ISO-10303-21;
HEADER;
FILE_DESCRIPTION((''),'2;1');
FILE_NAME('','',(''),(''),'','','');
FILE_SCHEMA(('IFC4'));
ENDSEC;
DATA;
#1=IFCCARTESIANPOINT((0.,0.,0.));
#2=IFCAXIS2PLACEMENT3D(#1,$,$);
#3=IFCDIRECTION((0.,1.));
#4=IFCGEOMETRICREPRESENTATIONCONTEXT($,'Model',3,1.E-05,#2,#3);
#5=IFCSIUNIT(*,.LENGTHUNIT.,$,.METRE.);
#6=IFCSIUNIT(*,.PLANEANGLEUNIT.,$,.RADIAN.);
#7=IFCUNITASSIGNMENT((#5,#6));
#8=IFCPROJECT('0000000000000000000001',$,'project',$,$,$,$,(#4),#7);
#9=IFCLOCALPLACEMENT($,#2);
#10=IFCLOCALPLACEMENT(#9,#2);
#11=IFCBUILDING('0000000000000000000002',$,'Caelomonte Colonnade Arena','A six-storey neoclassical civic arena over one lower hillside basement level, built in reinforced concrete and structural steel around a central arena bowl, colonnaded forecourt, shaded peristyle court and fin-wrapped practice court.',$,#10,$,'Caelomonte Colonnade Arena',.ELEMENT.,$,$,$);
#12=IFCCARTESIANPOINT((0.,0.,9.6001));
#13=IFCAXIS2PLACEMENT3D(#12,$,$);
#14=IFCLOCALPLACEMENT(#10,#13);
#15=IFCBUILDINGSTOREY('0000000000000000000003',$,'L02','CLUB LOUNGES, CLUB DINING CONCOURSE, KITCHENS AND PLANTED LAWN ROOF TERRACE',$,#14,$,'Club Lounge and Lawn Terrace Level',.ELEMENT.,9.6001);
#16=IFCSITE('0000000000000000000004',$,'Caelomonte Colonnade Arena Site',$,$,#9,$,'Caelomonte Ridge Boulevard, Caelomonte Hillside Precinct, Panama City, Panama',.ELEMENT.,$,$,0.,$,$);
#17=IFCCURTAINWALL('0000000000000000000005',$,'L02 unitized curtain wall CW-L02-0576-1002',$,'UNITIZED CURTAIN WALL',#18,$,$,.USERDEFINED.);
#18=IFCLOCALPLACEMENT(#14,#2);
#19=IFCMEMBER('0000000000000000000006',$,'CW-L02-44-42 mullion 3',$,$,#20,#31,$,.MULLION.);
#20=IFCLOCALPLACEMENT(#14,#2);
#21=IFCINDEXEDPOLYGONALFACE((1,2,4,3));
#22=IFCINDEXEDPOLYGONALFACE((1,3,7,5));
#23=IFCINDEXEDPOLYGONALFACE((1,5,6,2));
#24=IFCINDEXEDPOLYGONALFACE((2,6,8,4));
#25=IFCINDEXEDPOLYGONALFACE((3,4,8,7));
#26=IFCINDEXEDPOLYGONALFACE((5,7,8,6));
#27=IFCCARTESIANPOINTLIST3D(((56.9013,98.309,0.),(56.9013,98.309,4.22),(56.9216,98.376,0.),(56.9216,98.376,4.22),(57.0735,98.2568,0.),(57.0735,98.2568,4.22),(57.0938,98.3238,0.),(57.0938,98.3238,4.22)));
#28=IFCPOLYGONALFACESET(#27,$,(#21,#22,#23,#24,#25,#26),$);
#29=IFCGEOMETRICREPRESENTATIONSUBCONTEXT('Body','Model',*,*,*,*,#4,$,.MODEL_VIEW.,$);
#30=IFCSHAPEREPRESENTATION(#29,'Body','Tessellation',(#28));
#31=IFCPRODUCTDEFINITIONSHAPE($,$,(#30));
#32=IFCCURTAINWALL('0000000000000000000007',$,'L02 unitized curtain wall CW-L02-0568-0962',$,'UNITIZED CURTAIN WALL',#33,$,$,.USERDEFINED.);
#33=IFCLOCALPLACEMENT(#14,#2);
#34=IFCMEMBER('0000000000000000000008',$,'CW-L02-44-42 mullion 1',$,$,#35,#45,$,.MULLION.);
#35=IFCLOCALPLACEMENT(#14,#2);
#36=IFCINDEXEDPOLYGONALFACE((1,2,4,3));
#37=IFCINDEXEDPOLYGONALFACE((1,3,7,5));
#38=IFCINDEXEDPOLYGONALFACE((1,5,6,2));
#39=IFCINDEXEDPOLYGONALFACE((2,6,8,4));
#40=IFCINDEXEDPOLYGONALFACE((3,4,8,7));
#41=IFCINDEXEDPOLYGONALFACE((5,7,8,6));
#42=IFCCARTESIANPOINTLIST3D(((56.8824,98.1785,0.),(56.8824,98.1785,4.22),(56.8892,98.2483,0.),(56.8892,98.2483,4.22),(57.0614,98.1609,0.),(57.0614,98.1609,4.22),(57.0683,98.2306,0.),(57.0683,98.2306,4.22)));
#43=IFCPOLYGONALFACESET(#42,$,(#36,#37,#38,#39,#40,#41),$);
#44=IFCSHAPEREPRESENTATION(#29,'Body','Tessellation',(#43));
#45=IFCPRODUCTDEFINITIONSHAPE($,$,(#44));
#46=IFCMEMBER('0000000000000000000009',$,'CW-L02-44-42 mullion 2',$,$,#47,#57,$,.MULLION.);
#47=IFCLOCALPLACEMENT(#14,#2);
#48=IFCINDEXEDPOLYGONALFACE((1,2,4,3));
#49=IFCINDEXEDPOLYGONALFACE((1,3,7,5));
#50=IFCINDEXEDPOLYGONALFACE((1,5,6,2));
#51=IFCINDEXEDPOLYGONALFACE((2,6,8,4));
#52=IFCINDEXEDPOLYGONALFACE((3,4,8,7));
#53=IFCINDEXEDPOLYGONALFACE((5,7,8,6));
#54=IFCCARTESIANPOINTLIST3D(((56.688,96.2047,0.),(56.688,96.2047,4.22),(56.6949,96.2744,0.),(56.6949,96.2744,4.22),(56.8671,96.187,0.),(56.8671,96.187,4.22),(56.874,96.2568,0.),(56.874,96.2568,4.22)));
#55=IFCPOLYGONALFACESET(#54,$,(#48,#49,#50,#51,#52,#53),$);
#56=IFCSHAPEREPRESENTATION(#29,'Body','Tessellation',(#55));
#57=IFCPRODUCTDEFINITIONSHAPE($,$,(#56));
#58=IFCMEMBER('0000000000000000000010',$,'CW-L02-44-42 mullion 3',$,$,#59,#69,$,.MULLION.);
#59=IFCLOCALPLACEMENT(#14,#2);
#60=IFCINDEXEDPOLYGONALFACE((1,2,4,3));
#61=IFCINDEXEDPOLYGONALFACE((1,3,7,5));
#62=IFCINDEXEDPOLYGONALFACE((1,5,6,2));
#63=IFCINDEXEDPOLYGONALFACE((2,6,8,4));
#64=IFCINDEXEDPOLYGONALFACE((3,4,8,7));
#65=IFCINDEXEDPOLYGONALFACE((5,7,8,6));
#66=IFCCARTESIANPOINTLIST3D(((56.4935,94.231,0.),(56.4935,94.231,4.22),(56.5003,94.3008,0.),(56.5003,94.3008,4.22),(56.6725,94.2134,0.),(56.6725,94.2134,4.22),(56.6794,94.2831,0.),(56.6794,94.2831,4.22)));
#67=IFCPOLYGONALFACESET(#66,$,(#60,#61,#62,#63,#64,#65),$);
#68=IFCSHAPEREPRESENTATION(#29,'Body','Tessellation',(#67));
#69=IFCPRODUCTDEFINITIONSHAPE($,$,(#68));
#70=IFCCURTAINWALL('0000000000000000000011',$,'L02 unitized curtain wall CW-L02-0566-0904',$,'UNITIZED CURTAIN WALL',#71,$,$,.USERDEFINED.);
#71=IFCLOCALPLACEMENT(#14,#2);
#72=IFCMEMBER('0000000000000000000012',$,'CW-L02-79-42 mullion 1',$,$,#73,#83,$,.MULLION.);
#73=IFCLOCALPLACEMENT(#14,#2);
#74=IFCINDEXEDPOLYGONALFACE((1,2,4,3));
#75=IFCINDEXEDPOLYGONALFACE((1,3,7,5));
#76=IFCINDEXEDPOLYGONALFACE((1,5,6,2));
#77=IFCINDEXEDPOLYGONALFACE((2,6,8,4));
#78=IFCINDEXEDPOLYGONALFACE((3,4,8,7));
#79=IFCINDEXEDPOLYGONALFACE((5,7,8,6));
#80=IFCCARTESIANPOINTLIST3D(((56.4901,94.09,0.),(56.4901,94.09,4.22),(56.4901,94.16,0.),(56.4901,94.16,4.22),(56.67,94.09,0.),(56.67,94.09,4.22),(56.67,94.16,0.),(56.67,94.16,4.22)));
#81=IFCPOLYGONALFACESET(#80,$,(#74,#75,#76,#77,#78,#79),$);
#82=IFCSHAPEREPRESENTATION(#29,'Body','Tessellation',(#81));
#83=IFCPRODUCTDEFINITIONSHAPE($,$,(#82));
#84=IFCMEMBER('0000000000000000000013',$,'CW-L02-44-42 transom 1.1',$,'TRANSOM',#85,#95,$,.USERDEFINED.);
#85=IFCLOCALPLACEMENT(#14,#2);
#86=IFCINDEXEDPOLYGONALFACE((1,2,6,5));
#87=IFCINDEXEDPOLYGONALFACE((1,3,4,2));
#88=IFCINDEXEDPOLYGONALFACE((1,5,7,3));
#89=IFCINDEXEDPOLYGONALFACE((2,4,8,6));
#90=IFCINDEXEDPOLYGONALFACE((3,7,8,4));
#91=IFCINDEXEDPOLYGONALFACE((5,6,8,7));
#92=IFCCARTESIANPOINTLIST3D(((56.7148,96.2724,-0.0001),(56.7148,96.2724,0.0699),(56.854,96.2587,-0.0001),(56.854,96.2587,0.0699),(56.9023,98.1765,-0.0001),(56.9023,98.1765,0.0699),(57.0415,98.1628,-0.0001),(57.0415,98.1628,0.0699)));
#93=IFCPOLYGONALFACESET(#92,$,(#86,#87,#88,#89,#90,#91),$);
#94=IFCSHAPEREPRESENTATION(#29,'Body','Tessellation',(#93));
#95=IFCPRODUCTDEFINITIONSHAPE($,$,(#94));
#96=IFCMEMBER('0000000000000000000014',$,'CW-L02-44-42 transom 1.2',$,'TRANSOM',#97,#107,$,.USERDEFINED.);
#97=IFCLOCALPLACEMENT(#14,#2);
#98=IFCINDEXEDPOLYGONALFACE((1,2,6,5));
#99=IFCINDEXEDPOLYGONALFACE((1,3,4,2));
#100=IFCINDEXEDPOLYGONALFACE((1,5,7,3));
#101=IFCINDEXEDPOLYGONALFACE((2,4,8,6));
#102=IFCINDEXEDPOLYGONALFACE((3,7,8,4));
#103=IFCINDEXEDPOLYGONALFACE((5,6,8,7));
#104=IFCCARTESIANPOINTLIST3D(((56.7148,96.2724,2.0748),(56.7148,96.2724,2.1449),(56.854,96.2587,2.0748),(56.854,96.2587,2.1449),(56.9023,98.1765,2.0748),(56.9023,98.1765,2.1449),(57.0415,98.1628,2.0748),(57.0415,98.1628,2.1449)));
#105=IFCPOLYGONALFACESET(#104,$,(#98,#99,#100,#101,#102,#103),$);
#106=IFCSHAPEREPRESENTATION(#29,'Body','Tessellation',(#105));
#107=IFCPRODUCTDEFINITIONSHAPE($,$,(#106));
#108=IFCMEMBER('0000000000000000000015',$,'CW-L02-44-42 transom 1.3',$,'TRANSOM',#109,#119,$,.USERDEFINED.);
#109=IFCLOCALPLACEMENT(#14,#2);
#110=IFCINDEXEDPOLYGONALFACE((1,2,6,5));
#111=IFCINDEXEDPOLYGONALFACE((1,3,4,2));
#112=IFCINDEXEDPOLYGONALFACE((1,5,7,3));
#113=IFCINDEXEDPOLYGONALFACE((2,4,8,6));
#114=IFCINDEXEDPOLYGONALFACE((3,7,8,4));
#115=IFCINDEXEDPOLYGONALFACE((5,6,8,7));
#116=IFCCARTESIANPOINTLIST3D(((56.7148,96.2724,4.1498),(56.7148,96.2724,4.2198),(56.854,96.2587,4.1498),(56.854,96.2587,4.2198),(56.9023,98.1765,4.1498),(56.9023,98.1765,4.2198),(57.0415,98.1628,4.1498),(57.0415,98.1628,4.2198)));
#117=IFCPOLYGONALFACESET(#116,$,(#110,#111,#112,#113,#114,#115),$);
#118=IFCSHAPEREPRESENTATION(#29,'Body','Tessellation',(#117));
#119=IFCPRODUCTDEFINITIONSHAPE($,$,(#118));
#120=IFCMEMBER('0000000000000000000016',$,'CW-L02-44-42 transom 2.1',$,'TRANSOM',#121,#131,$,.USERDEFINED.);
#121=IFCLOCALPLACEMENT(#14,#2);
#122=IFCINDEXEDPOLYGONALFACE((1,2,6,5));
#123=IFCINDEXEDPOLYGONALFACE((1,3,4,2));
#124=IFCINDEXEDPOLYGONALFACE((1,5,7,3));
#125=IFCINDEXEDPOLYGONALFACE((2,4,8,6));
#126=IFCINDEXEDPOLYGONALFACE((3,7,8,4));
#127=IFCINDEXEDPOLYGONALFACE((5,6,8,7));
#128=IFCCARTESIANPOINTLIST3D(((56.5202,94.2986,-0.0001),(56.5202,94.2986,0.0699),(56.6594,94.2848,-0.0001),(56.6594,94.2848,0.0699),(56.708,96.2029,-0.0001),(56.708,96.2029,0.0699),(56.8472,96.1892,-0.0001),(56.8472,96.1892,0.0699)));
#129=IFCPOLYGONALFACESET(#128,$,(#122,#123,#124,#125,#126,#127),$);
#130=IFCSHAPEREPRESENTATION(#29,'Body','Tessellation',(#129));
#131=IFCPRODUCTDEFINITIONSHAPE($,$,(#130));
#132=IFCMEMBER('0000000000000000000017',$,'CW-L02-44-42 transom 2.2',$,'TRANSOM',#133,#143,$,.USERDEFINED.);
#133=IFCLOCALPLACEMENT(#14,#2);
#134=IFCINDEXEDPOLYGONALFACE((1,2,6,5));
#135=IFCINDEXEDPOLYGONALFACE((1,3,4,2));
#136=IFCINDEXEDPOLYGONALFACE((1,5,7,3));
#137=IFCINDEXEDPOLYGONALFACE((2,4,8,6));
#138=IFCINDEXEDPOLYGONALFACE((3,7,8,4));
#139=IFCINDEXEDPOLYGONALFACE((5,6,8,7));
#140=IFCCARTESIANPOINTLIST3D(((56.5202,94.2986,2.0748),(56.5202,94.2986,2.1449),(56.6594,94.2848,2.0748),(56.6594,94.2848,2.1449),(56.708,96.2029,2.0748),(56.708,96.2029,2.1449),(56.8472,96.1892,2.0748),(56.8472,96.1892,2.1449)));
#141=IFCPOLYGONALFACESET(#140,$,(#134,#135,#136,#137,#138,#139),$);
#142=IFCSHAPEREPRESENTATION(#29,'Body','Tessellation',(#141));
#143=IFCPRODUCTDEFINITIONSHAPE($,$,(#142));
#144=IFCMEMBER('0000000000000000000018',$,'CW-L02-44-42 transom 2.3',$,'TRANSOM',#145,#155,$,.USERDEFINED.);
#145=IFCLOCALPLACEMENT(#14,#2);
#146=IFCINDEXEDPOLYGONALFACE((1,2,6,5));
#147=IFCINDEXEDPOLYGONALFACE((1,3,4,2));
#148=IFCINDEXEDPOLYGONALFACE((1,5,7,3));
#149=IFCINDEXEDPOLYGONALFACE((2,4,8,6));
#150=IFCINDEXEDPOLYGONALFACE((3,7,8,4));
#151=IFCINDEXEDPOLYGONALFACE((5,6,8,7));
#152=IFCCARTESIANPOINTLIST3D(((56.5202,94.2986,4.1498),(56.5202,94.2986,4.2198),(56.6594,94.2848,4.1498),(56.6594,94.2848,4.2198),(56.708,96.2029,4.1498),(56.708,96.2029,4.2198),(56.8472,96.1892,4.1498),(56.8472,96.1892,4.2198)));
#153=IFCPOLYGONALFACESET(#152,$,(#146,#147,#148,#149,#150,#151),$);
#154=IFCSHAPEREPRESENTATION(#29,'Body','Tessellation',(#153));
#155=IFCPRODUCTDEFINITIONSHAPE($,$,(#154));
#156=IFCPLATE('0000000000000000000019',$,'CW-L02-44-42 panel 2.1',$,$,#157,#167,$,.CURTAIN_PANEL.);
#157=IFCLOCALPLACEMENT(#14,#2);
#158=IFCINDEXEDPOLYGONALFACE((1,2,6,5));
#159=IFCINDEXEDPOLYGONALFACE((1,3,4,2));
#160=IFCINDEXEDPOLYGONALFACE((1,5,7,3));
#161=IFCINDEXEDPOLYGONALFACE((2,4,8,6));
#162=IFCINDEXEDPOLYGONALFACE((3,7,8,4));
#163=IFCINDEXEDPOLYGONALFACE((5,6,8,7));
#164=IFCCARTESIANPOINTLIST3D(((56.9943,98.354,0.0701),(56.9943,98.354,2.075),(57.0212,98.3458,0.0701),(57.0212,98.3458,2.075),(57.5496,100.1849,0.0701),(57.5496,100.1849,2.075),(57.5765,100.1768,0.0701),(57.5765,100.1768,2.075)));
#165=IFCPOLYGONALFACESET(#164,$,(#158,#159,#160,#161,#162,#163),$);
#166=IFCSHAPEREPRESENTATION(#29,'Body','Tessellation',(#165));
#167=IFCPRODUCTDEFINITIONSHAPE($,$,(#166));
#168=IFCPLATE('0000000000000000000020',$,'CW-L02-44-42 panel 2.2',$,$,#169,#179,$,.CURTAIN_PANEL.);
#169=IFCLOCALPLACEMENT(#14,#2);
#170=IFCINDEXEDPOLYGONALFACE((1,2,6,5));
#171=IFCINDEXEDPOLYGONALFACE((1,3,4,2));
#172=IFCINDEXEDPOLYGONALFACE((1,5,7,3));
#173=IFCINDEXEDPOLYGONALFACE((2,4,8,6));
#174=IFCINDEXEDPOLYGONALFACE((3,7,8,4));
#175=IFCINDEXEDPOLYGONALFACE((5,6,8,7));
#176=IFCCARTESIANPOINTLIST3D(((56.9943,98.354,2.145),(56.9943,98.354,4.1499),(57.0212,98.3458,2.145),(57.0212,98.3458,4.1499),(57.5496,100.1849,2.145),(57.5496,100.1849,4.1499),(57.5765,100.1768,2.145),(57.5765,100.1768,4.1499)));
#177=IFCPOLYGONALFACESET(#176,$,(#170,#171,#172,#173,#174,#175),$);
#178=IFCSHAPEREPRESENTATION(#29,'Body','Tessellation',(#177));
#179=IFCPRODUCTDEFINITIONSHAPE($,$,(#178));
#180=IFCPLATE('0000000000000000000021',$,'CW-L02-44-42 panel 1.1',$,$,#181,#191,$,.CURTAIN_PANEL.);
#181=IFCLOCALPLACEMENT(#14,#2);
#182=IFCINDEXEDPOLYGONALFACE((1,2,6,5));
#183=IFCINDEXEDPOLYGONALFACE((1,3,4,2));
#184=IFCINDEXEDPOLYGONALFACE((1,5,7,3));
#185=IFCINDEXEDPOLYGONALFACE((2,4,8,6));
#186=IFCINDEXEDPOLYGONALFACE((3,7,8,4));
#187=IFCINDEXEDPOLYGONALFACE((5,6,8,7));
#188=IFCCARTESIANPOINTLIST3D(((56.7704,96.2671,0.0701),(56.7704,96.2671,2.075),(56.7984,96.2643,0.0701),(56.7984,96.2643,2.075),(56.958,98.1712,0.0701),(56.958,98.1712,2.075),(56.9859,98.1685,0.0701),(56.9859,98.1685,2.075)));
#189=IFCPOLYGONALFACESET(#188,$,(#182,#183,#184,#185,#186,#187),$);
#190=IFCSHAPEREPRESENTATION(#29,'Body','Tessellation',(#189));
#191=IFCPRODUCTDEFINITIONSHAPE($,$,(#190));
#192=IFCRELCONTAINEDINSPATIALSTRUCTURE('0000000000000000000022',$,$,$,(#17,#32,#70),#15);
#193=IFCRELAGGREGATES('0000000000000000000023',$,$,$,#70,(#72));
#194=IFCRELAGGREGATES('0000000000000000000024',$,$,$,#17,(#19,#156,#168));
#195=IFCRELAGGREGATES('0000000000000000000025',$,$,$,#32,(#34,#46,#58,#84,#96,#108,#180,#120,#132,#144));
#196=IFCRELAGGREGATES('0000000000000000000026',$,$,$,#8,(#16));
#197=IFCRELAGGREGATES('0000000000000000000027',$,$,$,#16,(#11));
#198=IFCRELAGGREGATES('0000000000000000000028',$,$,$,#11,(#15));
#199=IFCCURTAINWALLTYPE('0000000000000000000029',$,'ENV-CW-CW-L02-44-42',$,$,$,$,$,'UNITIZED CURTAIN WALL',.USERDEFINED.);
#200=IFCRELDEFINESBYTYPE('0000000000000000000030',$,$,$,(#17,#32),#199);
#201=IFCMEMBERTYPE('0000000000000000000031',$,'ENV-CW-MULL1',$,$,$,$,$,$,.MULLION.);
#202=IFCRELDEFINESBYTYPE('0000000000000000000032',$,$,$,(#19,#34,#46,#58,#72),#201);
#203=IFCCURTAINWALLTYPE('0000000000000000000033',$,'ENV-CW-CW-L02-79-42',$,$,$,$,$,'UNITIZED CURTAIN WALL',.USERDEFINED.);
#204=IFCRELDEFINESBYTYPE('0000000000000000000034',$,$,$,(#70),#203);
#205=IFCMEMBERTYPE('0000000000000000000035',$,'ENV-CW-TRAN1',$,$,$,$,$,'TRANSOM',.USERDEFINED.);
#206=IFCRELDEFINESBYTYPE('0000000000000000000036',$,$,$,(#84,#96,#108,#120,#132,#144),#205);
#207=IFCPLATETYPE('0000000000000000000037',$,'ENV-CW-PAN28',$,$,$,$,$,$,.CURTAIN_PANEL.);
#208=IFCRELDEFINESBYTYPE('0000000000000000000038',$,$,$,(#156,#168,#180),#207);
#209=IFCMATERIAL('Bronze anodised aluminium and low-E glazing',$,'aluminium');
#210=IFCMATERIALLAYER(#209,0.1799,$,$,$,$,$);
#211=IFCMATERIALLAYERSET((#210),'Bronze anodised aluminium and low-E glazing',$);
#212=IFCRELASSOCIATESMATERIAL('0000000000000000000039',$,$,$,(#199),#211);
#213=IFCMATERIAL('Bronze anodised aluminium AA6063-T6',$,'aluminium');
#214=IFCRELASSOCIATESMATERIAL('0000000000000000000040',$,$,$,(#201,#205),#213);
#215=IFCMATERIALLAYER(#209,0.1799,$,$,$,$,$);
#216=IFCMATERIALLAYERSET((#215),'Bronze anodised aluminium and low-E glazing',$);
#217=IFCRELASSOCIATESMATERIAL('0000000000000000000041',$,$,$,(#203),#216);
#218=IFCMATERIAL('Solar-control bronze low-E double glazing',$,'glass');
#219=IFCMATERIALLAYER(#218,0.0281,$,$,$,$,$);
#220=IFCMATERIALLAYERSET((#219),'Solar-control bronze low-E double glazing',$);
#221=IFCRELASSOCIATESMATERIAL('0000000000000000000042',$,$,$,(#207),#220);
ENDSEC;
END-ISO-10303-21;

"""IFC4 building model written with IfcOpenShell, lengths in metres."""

from ifc_helpers import new_model, si_unit, direction, frame, origin, origin_2d, place, context, subcontext, project, spatial, rectangle, extrude, material, layer, layer_set, material_profile, profile_set, type_object, element, aggregate, save


model = new_model("IFC4")

# Units and contexts
model_context = context("Model", 3, precision=1e-05, world=origin(), true_north=direction((0.0, 1.0)))
body_context = subcontext(model_context, "Body", "Model", "MODEL_VIEW")
ifc_project = project(units=[si_unit("LENGTHUNIT", "METRE"), si_unit("PLANEANGLEUNIT", "RADIAN")], contexts=[model_context])

# Site, building, storey
site_placement = place(None, origin())
site = spatial("IfcSite", under=ifc_project, at=site_placement, Name="Caelomonte Colonnade Arena Site", LongName="Caelomonte Ridge Boulevard, Caelomonte Hillside Precinct, Panama City, Panama", CompositionType="ELEMENT", RefElevation=0.0)
building_placement = place(site_placement, origin())
building = spatial("IfcBuilding", under=site, at=building_placement, Name="Caelomonte Colonnade Arena", Description="A six-storey neoclassical civic arena over one lower hillside basement level, built in reinforced concrete and structural steel around a central arena bowl, colonnaded forecourt, shaded peristyle court and fin-wrapped practice court.", LongName="Caelomonte Colonnade Arena", CompositionType="ELEMENT")
storey_placement = place(building_placement, frame((0.0, 0.0, 9.6001)))
storey = spatial("IfcBuildingStorey", under=building, at=storey_placement, Name="L02", Description="CLUB LOUNGES, CLUB DINING CONCOURSE, KITCHENS AND PLANTED LAWN ROOF TERRACE", LongName="Club Lounge and Lawn Terrace Level", CompositionType="ELEMENT", Elevation=9.6001)

# Curtain wall, member
ifc_material_1 = material(Name="Bronze anodised aluminium and low-E glazing", Category="aluminium")
ifc_layer_1 = layer(ifc_material_1, 0.1799)
ifc_layer_set_1 = layer_set([ifc_layer_1], Name="Bronze anodised aluminium and low-E glazing")
curtain_wall_type_1 = type_object("IfcCurtainWallType", Name="ENV-CW-CW-L02-44-42", ElementType="UNITIZED CURTAIN WALL", PredefinedType="USERDEFINED", material=ifc_layer_set_1)
curtain_wall_1_placement = place(storey_placement, origin())
curtain_wall_1 = element("IfcCurtainWall", 1, at=curtain_wall_1_placement, inside=storey, type_object=curtain_wall_type_1, Name="L02 unitized curtain wall CW-L02-0576-1002", ObjectType="UNITIZED CURTAIN WALL", PredefinedType="USERDEFINED")
ifc_material_2 = material(Name="Bronze anodised aluminium AA6063-T6", Category="aluminium")
ifc_material_profile_1 = material_profile(ifc_material_2, rectangle(XDim=0.0701, YDim=0.1799, at=origin_2d()), Name="CWM-70X180")
ifc_profile_set_1 = profile_set([ifc_material_profile_1], Name="Bronze anodised aluminium AA6063-T6")
member_type_1 = type_object("IfcMemberType", Name="ENV-CW-MULL1", PredefinedType="MULLION", material=ifc_profile_set_1)
member_1_placement = place(storey_placement, frame((56.9976, 98.3164, 0.0), z_axis=(0.0, 0.0, 1.0), x_axis=(-0.290256, -0.956949, 0.0)))
member_1 = element("IfcMember", 2, at=member_1_placement, type_object=member_type_1, Name="CW-L02-44-42 mullion 3", PredefinedType="MULLION", context=body_context, shape_type="SweptSolid", body=[
    extrude(rectangle(XDim=0.0701, YDim=0.1799, at=origin_2d()), origin(), (0.0, 0.0, 1.0), 4.22),
])

# Curtain wall, members
curtain_wall_2_placement = place(storey_placement, origin())
curtain_wall_2 = element("IfcCurtainWall", 3, at=curtain_wall_2_placement, inside=storey, type_object=curtain_wall_type_1, Name="L02 unitized curtain wall CW-L02-0568-0962", ObjectType="UNITIZED CURTAIN WALL", PredefinedType="USERDEFINED")
member_2_placement = place(storey_placement, frame((56.9753, 98.2046, 0.0), z_axis=(0.0, 0.0, 1.0), x_axis=(-0.098002, -0.995186, 0.0)))
member_2 = element("IfcMember", 4, at=member_2_placement, type_object=member_type_1, Name="CW-L02-44-42 mullion 1", PredefinedType="MULLION", context=body_context, shape_type="SweptSolid", body=[
    extrude(rectangle(XDim=0.0701, YDim=0.1799, at=origin_2d()), origin(), (0.0, 0.0, 1.0), 4.22),
])
member_3_placement = place(storey_placement, frame((56.781, 96.2307, 0.0), z_axis=(0.0, 0.0, 1.0), x_axis=(-0.098002, -0.995186, 0.0)))
member_3 = element("IfcMember", 5, at=member_3_placement, type_object=member_type_1, Name="CW-L02-44-42 mullion 2", PredefinedType="MULLION", context=body_context, shape_type="SweptSolid", body=[
    extrude(rectangle(XDim=0.0701, YDim=0.1799, at=origin_2d()), origin(), (0.0, 0.0, 1.0), 4.22),
])
member_4_placement = place(storey_placement, frame((56.5864, 94.2571, 0.0), z_axis=(0.0, 0.0, 1.0), x_axis=(-0.098002, -0.995186, 0.0)))
member_4 = element("IfcMember", 6, at=member_4_placement, type_object=member_type_1, Name="CW-L02-44-42 mullion 3", PredefinedType="MULLION", context=body_context, shape_type="SweptSolid", body=[
    extrude(rectangle(XDim=0.0701, YDim=0.1799, at=origin_2d()), origin(), (0.0, 0.0, 1.0), 4.22),
])

# Curtain wall, member
ifc_layer_2 = layer(ifc_material_1, 0.1799)
ifc_layer_set_2 = layer_set([ifc_layer_2], Name="Bronze anodised aluminium and low-E glazing")
curtain_wall_type_2 = type_object("IfcCurtainWallType", Name="ENV-CW-CW-L02-79-42", ElementType="UNITIZED CURTAIN WALL", PredefinedType="USERDEFINED", material=ifc_layer_set_2)
curtain_wall_3_placement = place(storey_placement, origin())
curtain_wall_3 = element("IfcCurtainWall", 7, at=curtain_wall_3_placement, inside=storey, type_object=curtain_wall_type_2, Name="L02 unitized curtain wall CW-L02-0566-0904", ObjectType="UNITIZED CURTAIN WALL", PredefinedType="USERDEFINED")
member_5_placement = place(storey_placement, frame((56.5801, 94.125, 0.0), z_axis=(0.0, 0.0, 1.0), x_axis=(0.0, -1.0, 0.0)))
member_5 = element("IfcMember", 8, at=member_5_placement, type_object=member_type_1, Name="CW-L02-79-42 mullion 1", PredefinedType="MULLION", context=body_context, shape_type="SweptSolid", body=[
    extrude(rectangle(XDim=0.0701, YDim=0.1799, at=origin_2d()), origin(), (0.0, 0.0, 1.0), 4.22),
])
aggregate(curtain_wall_3, [member_5])

# Members
ifc_material_profile_2 = material_profile(ifc_material_2, rectangle(XDim=0.0701, YDim=0.1399, at=origin_2d()), Name="CWT-70X140")
ifc_profile_set_2 = profile_set([ifc_material_profile_2], Name="Bronze anodised aluminium AA6063-T6")
member_type_2 = type_object("IfcMemberType", Name="ENV-CW-TRAN1", ElementType="TRANSOM", PredefinedType="USERDEFINED", material=ifc_profile_set_2)
member_6_placement = place(storey_placement, frame((56.9719, 98.1697, 0.0349), z_axis=(-0.098, -0.995186, 0.0), x_axis=(0.0, 0.0, 1.0)))
member_6 = element("IfcMember", 9, at=member_6_placement, type_object=member_type_2, Name="CW-L02-44-42 transom 1.1", ObjectType="TRANSOM", PredefinedType="USERDEFINED", context=body_context, shape_type="SweptSolid", body=[
    extrude(rectangle(XDim=0.0701, YDim=0.1399, at=origin_2d()), origin(), (0.0, 0.0, 1.0), 1.9133),
])
member_7_placement = place(storey_placement, frame((56.9719, 98.1697, 2.1099), z_axis=(-0.098, -0.995186, 0.0), x_axis=(0.0, 0.0, 1.0)))
member_7 = element("IfcMember", 10, at=member_7_placement, type_object=member_type_2, Name="CW-L02-44-42 transom 1.2", ObjectType="TRANSOM", PredefinedType="USERDEFINED", context=body_context, shape_type="SweptSolid", body=[
    extrude(rectangle(XDim=0.0701, YDim=0.1399, at=origin_2d()), origin(), (0.0, 0.0, 1.0), 1.9133),
])
member_8_placement = place(storey_placement, frame((56.9719, 98.1697, 4.1848), z_axis=(-0.098, -0.995186, 0.0), x_axis=(0.0, 0.0, 1.0)))
member_8 = element("IfcMember", 11, at=member_8_placement, type_object=member_type_2, Name="CW-L02-44-42 transom 1.3", ObjectType="TRANSOM", PredefinedType="USERDEFINED", context=body_context, shape_type="SweptSolid", body=[
    extrude(rectangle(XDim=0.0701, YDim=0.1399, at=origin_2d()), origin(), (0.0, 0.0, 1.0), 1.9133),
])
member_9_placement = place(storey_placement, frame((56.7776, 96.196, 0.0349), z_axis=(-0.098114, -0.995175, 0.0), x_axis=(0.0, 0.0, 1.0)))
member_9 = element("IfcMember", 12, at=member_9_placement, type_object=member_type_2, Name="CW-L02-44-42 transom 2.1", ObjectType="TRANSOM", PredefinedType="USERDEFINED", context=body_context, shape_type="SweptSolid", body=[
    extrude(rectangle(XDim=0.0701, YDim=0.1399, at=origin_2d()), origin(), (0.0, 0.0, 1.0), 1.9136),
])
member_10_placement = place(storey_placement, frame((56.7776, 96.196, 2.1099), z_axis=(-0.098114, -0.995175, 0.0), x_axis=(0.0, 0.0, 1.0)))
member_10 = element("IfcMember", 13, at=member_10_placement, type_object=member_type_2, Name="CW-L02-44-42 transom 2.2", ObjectType="TRANSOM", PredefinedType="USERDEFINED", context=body_context, shape_type="SweptSolid", body=[
    extrude(rectangle(XDim=0.0701, YDim=0.1399, at=origin_2d()), origin(), (0.0, 0.0, 1.0), 1.9136),
])
member_11_placement = place(storey_placement, frame((56.7776, 96.196, 4.1848), z_axis=(-0.098114, -0.995175, 0.0), x_axis=(0.0, 0.0, 1.0)))
member_11 = element("IfcMember", 14, at=member_11_placement, type_object=member_type_2, Name="CW-L02-44-42 transom 2.3", ObjectType="TRANSOM", PredefinedType="USERDEFINED", context=body_context, shape_type="SweptSolid", body=[
    extrude(rectangle(XDim=0.0701, YDim=0.1399, at=origin_2d()), origin(), (0.0, 0.0, 1.0), 1.9136),
])

# Plates
ifc_material_3 = material(Name="Solar-control bronze low-E double glazing", Category="glass")
ifc_layer_3 = layer(ifc_material_3, 0.0281)
ifc_layer_set_3 = layer_set([ifc_layer_3], Name="Solar-control bronze low-E double glazing")
plate_type = type_object("IfcPlateType", Name="ENV-CW-PAN28", PredefinedType="CURTAIN_PANEL", material=ifc_layer_set_3)
plate_1_placement = place(storey_placement, frame((57.2854, 99.2654, 0.0701), z_axis=(0.0, 0.0, 1.0), x_axis=(-0.290256, -0.956949, 0.0)))
plate_1 = element("IfcPlate", 15, at=plate_1_placement, type_object=plate_type, Name="CW-L02-44-42 panel 2.1", PredefinedType="CURTAIN_PANEL", context=body_context, shape_type="SweptSolid", body=[
    extrude(rectangle(XDim=1.9133, YDim=0.0281, at=origin_2d()), origin(), (0.0, 0.0, 1.0), 2.0049),
])
plate_2_placement = place(storey_placement, frame((57.2854, 99.2654, 2.145), z_axis=(0.0, 0.0, 1.0), x_axis=(-0.290256, -0.956949, 0.0)))
plate_2 = element("IfcPlate", 16, at=plate_2_placement, type_object=plate_type, Name="CW-L02-44-42 panel 2.2", PredefinedType="CURTAIN_PANEL", context=body_context, shape_type="SweptSolid", body=[
    extrude(rectangle(XDim=1.9133, YDim=0.0281, at=origin_2d()), origin(), (0.0, 0.0, 1.0), 2.0049),
])
aggregate(curtain_wall_1, [member_1, plate_1, plate_2])
plate_3_placement = place(storey_placement, frame((56.8782, 97.2178, 0.0701), z_axis=(0.0, 0.0, 1.0), x_axis=(-0.098002, -0.995186, 0.0)))
plate_3 = element("IfcPlate", 17, at=plate_3_placement, type_object=plate_type, Name="CW-L02-44-42 panel 1.1", PredefinedType="CURTAIN_PANEL", context=body_context, shape_type="SweptSolid", body=[
    extrude(rectangle(XDim=1.9133, YDim=0.0281, at=origin_2d()), origin(), (0.0, 0.0, 1.0), 2.0049),
])
aggregate(curtain_wall_2, [member_2, member_3, member_4, member_6, member_7, member_8, plate_3, member_9, member_10, member_11])

save(model, "model.ifc")
